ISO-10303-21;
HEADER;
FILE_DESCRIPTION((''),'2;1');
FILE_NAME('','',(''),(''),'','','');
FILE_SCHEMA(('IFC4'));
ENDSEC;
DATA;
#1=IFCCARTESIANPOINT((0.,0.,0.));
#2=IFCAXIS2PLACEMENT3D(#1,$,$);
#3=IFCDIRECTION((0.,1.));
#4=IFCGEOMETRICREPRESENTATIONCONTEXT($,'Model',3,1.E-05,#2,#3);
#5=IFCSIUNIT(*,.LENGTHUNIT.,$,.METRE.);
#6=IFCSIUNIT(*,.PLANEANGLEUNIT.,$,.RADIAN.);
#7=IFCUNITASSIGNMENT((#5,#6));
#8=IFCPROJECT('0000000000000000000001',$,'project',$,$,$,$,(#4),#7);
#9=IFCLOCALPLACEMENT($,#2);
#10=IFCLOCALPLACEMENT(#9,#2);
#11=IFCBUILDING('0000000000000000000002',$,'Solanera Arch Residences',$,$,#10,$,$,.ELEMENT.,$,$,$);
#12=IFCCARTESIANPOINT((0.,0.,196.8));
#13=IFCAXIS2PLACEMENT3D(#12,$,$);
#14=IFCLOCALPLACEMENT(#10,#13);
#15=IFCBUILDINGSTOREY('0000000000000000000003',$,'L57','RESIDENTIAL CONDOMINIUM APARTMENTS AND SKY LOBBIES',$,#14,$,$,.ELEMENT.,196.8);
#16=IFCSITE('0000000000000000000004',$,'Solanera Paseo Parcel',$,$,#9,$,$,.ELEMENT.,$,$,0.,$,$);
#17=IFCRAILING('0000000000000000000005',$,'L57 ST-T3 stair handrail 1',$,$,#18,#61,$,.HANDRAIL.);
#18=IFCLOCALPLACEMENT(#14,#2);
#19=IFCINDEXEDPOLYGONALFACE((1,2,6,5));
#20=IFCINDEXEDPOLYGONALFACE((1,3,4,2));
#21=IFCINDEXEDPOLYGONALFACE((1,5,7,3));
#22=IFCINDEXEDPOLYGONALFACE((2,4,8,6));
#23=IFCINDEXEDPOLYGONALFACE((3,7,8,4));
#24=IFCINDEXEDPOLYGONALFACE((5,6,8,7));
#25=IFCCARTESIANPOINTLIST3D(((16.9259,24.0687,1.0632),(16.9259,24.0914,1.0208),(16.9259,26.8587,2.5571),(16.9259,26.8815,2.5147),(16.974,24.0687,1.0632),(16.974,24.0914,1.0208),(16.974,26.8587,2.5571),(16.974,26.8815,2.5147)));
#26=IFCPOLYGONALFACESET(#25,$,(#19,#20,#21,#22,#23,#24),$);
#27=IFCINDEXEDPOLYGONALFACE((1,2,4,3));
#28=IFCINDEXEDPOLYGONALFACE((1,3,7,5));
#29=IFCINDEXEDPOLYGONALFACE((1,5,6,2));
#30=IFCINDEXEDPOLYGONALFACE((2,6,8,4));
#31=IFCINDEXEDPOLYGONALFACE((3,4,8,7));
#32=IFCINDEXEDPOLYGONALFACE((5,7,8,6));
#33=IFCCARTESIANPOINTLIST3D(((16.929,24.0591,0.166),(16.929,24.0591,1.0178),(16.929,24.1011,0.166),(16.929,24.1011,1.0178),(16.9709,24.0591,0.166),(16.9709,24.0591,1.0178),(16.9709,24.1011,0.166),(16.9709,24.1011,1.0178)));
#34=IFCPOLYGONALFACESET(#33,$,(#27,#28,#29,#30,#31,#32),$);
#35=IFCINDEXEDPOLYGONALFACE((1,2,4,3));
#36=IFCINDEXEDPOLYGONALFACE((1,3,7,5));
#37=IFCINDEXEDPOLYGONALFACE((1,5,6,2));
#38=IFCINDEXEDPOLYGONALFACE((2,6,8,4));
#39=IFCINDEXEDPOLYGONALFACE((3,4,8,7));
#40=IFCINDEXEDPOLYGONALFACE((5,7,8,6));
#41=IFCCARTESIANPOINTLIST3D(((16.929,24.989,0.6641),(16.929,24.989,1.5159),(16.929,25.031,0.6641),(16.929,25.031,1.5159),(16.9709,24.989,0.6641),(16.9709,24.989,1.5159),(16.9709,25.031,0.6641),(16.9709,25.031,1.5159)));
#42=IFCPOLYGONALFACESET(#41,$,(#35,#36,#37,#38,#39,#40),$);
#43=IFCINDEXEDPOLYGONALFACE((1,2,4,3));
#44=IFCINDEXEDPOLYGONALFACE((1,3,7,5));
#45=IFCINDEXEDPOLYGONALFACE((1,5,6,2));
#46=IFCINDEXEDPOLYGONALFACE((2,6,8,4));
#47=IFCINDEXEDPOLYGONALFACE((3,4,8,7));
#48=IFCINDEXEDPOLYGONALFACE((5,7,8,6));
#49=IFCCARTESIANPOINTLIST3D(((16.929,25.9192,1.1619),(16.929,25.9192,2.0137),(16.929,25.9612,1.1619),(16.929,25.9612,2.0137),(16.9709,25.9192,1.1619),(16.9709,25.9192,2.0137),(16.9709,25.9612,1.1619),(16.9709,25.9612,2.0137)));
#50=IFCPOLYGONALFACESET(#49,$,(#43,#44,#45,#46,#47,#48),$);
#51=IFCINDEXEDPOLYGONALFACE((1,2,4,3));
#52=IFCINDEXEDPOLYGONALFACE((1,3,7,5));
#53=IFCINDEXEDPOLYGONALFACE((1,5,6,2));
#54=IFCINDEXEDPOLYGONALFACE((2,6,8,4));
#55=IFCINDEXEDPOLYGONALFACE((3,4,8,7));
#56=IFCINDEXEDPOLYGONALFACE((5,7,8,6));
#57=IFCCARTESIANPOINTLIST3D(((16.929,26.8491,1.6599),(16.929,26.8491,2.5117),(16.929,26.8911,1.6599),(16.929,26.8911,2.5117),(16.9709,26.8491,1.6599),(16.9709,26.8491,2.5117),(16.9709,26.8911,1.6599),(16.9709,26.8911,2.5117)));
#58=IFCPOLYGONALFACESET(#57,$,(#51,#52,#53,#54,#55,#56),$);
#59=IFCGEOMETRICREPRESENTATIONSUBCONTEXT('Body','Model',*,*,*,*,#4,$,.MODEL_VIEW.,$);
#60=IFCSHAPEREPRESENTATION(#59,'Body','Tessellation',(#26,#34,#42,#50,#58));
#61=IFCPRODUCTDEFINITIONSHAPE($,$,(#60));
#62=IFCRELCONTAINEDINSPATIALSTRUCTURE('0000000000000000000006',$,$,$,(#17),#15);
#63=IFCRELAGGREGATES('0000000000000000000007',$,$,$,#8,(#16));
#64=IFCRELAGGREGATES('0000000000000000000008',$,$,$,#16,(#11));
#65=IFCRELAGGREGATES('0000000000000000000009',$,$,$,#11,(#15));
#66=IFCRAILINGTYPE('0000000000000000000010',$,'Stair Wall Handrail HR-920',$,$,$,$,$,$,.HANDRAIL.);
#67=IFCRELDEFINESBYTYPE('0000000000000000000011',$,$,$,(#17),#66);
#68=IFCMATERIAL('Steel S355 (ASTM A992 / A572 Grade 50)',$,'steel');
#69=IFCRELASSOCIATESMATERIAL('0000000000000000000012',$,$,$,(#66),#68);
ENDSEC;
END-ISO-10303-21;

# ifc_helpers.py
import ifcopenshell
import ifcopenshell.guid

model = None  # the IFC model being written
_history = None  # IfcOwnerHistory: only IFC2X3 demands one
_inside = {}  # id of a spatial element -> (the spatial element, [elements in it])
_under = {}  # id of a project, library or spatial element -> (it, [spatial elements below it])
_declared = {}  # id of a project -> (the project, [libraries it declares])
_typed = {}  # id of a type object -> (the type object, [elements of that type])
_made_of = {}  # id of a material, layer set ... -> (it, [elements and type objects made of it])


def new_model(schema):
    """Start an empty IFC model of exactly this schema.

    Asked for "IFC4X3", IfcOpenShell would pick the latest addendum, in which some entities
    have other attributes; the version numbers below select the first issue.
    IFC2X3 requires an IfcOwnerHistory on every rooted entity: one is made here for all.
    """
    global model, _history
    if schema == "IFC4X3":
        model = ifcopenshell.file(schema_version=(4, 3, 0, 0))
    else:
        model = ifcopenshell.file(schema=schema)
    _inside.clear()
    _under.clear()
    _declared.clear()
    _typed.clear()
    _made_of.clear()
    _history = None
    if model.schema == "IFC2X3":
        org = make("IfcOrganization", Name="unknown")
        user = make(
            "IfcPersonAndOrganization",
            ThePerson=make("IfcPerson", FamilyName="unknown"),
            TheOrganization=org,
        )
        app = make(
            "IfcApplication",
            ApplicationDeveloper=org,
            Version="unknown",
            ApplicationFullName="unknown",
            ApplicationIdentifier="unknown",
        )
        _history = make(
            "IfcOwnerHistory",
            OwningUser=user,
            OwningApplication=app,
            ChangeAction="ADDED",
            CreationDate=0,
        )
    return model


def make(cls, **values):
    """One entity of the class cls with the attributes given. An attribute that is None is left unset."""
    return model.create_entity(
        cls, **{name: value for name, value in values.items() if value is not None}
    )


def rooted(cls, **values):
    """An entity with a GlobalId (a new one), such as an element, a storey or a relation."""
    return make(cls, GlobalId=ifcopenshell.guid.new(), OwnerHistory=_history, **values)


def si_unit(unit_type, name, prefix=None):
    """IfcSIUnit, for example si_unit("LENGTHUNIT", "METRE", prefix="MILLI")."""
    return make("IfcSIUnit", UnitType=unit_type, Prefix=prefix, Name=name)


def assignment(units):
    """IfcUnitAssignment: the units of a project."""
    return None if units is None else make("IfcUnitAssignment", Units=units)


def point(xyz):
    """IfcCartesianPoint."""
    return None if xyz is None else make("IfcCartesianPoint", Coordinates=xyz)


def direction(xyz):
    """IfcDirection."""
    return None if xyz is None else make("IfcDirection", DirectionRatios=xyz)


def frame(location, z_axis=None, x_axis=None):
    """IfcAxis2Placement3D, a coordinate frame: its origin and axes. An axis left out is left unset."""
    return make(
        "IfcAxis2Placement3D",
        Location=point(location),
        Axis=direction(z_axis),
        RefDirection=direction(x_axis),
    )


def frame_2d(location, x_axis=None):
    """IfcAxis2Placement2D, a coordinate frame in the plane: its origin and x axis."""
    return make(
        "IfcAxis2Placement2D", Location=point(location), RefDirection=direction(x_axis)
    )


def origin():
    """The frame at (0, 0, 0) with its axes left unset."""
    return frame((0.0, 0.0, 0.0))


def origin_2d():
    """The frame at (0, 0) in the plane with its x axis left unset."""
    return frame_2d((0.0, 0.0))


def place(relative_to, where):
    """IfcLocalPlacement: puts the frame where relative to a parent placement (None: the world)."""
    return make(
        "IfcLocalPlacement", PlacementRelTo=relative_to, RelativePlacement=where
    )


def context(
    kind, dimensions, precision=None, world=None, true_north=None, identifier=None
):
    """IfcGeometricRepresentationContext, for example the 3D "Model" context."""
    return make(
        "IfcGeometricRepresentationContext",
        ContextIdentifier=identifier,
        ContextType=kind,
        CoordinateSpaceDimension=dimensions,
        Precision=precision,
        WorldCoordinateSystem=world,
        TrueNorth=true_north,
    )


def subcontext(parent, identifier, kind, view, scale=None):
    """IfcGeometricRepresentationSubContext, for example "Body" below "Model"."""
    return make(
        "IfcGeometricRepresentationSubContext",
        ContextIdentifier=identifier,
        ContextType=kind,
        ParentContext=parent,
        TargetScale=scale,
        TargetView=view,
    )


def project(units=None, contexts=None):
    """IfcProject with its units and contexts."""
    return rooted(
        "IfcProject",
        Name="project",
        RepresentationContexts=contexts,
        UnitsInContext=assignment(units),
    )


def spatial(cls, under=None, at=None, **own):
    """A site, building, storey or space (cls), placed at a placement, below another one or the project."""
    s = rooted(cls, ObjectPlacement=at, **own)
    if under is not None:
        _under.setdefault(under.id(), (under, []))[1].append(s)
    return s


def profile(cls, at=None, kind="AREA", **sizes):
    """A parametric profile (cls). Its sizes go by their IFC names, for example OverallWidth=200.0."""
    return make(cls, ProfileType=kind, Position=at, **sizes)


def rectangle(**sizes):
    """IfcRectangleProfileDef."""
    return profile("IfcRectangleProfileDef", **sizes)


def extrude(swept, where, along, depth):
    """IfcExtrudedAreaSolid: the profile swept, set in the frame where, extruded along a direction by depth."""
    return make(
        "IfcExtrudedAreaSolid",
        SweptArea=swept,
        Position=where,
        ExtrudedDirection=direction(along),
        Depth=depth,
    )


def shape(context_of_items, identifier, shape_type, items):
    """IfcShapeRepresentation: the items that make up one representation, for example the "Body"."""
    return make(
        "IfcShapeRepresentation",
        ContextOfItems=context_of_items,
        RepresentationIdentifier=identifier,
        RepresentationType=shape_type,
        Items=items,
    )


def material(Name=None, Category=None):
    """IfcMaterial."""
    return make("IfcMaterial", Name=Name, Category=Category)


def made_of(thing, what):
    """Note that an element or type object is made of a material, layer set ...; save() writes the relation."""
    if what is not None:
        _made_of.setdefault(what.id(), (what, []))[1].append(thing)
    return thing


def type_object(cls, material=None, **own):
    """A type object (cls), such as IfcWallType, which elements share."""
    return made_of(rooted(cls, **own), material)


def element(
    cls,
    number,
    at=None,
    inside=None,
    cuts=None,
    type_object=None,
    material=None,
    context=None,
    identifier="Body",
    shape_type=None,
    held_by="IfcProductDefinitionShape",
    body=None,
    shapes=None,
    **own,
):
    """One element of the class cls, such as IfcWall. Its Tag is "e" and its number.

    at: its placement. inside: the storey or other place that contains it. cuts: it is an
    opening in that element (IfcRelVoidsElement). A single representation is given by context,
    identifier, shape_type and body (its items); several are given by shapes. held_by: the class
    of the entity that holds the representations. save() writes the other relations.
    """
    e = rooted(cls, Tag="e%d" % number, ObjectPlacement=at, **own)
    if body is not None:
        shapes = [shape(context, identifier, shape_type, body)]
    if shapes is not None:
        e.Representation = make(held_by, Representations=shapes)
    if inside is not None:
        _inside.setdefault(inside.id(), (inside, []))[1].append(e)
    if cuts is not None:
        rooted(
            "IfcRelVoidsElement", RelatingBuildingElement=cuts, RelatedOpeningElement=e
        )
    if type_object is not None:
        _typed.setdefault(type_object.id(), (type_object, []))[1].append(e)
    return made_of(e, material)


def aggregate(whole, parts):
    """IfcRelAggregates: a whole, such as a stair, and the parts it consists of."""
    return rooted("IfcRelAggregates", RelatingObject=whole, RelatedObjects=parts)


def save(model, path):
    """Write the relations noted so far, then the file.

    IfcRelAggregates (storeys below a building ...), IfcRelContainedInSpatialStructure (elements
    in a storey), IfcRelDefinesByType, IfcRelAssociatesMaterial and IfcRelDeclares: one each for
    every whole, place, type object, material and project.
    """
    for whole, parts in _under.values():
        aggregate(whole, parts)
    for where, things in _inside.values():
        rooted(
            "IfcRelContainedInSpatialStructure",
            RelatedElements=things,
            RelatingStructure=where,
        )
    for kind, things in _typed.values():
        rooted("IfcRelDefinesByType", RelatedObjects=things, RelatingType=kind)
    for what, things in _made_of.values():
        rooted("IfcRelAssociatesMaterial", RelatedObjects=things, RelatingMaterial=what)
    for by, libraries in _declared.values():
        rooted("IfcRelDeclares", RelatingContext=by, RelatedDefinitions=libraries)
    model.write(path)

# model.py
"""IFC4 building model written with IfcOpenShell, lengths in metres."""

from ifc_helpers import new_model, si_unit, direction, frame, origin, origin_2d, place, context, subcontext, project, spatial, rectangle, extrude, material, type_object, element, save


model = new_model("IFC4")

# Units and contexts
model_context = context("Model", 3, precision=1e-05, world=origin(), true_north=direction((0.0, 1.0)))
body_context = subcontext(model_context, "Body", "Model", "MODEL_VIEW")
ifc_project = project(units=[si_unit("LENGTHUNIT", "METRE"), si_unit("PLANEANGLEUNIT", "RADIAN")], contexts=[model_context])

# Site, building, storey
site_placement = place(None, origin())
site = spatial("IfcSite", under=ifc_project, at=site_placement, Name="Solanera Paseo Parcel", CompositionType="ELEMENT", RefElevation=0.0)
building_placement = place(site_placement, origin())
building = spatial("IfcBuilding", under=site, at=building_placement, Name="Solanera Arch Residences", CompositionType="ELEMENT")
storey_placement = place(building_placement, frame((0.0, 0.0, 196.8)))
storey = spatial("IfcBuildingStorey", under=building, at=storey_placement, Name="L57", Description="RESIDENTIAL CONDOMINIUM APARTMENTS AND SKY LOBBIES", CompositionType="ELEMENT", Elevation=196.8)

# Railing
ifc_material_1 = material(Name="Steel S355 (ASTM A992 / A572 Grade 50)", Category="steel")
railing_type_1 = type_object("IfcRailingType", Name="Stair Wall Handrail HR-920", PredefinedType="HANDRAIL", material=ifc_material_1)
railing_1_placement = place(storey_placement, frame((16.95, 24.0801, 0.166)))
element("IfcRailing", 1, at=railing_1_placement, inside=storey, type_object=railing_type_1, Name="L57 ST-T3 stair handrail 1", PredefinedType="HANDRAIL", context=body_context, shape_type="SweptSolid", body=[
    extrude(rectangle(XDim=0.0481, YDim=0.0481, at=origin_2d()), frame((0.0, 0.0, 0.876), z_axis=(0.0, 0.881581, 0.472033), x_axis=(-1.0, 0.0, 0.0)), (0.0, 0.0, 1.0), 3.1648),
    extrude(rectangle(XDim=0.042, YDim=0.042, at=origin_2d()), origin(), (0.0, 0.0, 1.0), 0.8518),
    extrude(rectangle(XDim=0.042, YDim=0.042, at=origin_2d()), frame((0.0, 0.9299, 0.498)), (0.0, 0.0, 1.0), 0.8518),
    extrude(rectangle(XDim=0.042, YDim=0.042, at=origin_2d()), frame((0.0, 1.8601, 0.9958)), (0.0, 0.0, 1.0), 0.8518),
    extrude(rectangle(XDim=0.042, YDim=0.042, at=origin_2d()), frame((0.0, 2.79, 1.4939)), (0.0, 0.0, 1.0), 0.8518),
])

save(model, "model.ifc")
